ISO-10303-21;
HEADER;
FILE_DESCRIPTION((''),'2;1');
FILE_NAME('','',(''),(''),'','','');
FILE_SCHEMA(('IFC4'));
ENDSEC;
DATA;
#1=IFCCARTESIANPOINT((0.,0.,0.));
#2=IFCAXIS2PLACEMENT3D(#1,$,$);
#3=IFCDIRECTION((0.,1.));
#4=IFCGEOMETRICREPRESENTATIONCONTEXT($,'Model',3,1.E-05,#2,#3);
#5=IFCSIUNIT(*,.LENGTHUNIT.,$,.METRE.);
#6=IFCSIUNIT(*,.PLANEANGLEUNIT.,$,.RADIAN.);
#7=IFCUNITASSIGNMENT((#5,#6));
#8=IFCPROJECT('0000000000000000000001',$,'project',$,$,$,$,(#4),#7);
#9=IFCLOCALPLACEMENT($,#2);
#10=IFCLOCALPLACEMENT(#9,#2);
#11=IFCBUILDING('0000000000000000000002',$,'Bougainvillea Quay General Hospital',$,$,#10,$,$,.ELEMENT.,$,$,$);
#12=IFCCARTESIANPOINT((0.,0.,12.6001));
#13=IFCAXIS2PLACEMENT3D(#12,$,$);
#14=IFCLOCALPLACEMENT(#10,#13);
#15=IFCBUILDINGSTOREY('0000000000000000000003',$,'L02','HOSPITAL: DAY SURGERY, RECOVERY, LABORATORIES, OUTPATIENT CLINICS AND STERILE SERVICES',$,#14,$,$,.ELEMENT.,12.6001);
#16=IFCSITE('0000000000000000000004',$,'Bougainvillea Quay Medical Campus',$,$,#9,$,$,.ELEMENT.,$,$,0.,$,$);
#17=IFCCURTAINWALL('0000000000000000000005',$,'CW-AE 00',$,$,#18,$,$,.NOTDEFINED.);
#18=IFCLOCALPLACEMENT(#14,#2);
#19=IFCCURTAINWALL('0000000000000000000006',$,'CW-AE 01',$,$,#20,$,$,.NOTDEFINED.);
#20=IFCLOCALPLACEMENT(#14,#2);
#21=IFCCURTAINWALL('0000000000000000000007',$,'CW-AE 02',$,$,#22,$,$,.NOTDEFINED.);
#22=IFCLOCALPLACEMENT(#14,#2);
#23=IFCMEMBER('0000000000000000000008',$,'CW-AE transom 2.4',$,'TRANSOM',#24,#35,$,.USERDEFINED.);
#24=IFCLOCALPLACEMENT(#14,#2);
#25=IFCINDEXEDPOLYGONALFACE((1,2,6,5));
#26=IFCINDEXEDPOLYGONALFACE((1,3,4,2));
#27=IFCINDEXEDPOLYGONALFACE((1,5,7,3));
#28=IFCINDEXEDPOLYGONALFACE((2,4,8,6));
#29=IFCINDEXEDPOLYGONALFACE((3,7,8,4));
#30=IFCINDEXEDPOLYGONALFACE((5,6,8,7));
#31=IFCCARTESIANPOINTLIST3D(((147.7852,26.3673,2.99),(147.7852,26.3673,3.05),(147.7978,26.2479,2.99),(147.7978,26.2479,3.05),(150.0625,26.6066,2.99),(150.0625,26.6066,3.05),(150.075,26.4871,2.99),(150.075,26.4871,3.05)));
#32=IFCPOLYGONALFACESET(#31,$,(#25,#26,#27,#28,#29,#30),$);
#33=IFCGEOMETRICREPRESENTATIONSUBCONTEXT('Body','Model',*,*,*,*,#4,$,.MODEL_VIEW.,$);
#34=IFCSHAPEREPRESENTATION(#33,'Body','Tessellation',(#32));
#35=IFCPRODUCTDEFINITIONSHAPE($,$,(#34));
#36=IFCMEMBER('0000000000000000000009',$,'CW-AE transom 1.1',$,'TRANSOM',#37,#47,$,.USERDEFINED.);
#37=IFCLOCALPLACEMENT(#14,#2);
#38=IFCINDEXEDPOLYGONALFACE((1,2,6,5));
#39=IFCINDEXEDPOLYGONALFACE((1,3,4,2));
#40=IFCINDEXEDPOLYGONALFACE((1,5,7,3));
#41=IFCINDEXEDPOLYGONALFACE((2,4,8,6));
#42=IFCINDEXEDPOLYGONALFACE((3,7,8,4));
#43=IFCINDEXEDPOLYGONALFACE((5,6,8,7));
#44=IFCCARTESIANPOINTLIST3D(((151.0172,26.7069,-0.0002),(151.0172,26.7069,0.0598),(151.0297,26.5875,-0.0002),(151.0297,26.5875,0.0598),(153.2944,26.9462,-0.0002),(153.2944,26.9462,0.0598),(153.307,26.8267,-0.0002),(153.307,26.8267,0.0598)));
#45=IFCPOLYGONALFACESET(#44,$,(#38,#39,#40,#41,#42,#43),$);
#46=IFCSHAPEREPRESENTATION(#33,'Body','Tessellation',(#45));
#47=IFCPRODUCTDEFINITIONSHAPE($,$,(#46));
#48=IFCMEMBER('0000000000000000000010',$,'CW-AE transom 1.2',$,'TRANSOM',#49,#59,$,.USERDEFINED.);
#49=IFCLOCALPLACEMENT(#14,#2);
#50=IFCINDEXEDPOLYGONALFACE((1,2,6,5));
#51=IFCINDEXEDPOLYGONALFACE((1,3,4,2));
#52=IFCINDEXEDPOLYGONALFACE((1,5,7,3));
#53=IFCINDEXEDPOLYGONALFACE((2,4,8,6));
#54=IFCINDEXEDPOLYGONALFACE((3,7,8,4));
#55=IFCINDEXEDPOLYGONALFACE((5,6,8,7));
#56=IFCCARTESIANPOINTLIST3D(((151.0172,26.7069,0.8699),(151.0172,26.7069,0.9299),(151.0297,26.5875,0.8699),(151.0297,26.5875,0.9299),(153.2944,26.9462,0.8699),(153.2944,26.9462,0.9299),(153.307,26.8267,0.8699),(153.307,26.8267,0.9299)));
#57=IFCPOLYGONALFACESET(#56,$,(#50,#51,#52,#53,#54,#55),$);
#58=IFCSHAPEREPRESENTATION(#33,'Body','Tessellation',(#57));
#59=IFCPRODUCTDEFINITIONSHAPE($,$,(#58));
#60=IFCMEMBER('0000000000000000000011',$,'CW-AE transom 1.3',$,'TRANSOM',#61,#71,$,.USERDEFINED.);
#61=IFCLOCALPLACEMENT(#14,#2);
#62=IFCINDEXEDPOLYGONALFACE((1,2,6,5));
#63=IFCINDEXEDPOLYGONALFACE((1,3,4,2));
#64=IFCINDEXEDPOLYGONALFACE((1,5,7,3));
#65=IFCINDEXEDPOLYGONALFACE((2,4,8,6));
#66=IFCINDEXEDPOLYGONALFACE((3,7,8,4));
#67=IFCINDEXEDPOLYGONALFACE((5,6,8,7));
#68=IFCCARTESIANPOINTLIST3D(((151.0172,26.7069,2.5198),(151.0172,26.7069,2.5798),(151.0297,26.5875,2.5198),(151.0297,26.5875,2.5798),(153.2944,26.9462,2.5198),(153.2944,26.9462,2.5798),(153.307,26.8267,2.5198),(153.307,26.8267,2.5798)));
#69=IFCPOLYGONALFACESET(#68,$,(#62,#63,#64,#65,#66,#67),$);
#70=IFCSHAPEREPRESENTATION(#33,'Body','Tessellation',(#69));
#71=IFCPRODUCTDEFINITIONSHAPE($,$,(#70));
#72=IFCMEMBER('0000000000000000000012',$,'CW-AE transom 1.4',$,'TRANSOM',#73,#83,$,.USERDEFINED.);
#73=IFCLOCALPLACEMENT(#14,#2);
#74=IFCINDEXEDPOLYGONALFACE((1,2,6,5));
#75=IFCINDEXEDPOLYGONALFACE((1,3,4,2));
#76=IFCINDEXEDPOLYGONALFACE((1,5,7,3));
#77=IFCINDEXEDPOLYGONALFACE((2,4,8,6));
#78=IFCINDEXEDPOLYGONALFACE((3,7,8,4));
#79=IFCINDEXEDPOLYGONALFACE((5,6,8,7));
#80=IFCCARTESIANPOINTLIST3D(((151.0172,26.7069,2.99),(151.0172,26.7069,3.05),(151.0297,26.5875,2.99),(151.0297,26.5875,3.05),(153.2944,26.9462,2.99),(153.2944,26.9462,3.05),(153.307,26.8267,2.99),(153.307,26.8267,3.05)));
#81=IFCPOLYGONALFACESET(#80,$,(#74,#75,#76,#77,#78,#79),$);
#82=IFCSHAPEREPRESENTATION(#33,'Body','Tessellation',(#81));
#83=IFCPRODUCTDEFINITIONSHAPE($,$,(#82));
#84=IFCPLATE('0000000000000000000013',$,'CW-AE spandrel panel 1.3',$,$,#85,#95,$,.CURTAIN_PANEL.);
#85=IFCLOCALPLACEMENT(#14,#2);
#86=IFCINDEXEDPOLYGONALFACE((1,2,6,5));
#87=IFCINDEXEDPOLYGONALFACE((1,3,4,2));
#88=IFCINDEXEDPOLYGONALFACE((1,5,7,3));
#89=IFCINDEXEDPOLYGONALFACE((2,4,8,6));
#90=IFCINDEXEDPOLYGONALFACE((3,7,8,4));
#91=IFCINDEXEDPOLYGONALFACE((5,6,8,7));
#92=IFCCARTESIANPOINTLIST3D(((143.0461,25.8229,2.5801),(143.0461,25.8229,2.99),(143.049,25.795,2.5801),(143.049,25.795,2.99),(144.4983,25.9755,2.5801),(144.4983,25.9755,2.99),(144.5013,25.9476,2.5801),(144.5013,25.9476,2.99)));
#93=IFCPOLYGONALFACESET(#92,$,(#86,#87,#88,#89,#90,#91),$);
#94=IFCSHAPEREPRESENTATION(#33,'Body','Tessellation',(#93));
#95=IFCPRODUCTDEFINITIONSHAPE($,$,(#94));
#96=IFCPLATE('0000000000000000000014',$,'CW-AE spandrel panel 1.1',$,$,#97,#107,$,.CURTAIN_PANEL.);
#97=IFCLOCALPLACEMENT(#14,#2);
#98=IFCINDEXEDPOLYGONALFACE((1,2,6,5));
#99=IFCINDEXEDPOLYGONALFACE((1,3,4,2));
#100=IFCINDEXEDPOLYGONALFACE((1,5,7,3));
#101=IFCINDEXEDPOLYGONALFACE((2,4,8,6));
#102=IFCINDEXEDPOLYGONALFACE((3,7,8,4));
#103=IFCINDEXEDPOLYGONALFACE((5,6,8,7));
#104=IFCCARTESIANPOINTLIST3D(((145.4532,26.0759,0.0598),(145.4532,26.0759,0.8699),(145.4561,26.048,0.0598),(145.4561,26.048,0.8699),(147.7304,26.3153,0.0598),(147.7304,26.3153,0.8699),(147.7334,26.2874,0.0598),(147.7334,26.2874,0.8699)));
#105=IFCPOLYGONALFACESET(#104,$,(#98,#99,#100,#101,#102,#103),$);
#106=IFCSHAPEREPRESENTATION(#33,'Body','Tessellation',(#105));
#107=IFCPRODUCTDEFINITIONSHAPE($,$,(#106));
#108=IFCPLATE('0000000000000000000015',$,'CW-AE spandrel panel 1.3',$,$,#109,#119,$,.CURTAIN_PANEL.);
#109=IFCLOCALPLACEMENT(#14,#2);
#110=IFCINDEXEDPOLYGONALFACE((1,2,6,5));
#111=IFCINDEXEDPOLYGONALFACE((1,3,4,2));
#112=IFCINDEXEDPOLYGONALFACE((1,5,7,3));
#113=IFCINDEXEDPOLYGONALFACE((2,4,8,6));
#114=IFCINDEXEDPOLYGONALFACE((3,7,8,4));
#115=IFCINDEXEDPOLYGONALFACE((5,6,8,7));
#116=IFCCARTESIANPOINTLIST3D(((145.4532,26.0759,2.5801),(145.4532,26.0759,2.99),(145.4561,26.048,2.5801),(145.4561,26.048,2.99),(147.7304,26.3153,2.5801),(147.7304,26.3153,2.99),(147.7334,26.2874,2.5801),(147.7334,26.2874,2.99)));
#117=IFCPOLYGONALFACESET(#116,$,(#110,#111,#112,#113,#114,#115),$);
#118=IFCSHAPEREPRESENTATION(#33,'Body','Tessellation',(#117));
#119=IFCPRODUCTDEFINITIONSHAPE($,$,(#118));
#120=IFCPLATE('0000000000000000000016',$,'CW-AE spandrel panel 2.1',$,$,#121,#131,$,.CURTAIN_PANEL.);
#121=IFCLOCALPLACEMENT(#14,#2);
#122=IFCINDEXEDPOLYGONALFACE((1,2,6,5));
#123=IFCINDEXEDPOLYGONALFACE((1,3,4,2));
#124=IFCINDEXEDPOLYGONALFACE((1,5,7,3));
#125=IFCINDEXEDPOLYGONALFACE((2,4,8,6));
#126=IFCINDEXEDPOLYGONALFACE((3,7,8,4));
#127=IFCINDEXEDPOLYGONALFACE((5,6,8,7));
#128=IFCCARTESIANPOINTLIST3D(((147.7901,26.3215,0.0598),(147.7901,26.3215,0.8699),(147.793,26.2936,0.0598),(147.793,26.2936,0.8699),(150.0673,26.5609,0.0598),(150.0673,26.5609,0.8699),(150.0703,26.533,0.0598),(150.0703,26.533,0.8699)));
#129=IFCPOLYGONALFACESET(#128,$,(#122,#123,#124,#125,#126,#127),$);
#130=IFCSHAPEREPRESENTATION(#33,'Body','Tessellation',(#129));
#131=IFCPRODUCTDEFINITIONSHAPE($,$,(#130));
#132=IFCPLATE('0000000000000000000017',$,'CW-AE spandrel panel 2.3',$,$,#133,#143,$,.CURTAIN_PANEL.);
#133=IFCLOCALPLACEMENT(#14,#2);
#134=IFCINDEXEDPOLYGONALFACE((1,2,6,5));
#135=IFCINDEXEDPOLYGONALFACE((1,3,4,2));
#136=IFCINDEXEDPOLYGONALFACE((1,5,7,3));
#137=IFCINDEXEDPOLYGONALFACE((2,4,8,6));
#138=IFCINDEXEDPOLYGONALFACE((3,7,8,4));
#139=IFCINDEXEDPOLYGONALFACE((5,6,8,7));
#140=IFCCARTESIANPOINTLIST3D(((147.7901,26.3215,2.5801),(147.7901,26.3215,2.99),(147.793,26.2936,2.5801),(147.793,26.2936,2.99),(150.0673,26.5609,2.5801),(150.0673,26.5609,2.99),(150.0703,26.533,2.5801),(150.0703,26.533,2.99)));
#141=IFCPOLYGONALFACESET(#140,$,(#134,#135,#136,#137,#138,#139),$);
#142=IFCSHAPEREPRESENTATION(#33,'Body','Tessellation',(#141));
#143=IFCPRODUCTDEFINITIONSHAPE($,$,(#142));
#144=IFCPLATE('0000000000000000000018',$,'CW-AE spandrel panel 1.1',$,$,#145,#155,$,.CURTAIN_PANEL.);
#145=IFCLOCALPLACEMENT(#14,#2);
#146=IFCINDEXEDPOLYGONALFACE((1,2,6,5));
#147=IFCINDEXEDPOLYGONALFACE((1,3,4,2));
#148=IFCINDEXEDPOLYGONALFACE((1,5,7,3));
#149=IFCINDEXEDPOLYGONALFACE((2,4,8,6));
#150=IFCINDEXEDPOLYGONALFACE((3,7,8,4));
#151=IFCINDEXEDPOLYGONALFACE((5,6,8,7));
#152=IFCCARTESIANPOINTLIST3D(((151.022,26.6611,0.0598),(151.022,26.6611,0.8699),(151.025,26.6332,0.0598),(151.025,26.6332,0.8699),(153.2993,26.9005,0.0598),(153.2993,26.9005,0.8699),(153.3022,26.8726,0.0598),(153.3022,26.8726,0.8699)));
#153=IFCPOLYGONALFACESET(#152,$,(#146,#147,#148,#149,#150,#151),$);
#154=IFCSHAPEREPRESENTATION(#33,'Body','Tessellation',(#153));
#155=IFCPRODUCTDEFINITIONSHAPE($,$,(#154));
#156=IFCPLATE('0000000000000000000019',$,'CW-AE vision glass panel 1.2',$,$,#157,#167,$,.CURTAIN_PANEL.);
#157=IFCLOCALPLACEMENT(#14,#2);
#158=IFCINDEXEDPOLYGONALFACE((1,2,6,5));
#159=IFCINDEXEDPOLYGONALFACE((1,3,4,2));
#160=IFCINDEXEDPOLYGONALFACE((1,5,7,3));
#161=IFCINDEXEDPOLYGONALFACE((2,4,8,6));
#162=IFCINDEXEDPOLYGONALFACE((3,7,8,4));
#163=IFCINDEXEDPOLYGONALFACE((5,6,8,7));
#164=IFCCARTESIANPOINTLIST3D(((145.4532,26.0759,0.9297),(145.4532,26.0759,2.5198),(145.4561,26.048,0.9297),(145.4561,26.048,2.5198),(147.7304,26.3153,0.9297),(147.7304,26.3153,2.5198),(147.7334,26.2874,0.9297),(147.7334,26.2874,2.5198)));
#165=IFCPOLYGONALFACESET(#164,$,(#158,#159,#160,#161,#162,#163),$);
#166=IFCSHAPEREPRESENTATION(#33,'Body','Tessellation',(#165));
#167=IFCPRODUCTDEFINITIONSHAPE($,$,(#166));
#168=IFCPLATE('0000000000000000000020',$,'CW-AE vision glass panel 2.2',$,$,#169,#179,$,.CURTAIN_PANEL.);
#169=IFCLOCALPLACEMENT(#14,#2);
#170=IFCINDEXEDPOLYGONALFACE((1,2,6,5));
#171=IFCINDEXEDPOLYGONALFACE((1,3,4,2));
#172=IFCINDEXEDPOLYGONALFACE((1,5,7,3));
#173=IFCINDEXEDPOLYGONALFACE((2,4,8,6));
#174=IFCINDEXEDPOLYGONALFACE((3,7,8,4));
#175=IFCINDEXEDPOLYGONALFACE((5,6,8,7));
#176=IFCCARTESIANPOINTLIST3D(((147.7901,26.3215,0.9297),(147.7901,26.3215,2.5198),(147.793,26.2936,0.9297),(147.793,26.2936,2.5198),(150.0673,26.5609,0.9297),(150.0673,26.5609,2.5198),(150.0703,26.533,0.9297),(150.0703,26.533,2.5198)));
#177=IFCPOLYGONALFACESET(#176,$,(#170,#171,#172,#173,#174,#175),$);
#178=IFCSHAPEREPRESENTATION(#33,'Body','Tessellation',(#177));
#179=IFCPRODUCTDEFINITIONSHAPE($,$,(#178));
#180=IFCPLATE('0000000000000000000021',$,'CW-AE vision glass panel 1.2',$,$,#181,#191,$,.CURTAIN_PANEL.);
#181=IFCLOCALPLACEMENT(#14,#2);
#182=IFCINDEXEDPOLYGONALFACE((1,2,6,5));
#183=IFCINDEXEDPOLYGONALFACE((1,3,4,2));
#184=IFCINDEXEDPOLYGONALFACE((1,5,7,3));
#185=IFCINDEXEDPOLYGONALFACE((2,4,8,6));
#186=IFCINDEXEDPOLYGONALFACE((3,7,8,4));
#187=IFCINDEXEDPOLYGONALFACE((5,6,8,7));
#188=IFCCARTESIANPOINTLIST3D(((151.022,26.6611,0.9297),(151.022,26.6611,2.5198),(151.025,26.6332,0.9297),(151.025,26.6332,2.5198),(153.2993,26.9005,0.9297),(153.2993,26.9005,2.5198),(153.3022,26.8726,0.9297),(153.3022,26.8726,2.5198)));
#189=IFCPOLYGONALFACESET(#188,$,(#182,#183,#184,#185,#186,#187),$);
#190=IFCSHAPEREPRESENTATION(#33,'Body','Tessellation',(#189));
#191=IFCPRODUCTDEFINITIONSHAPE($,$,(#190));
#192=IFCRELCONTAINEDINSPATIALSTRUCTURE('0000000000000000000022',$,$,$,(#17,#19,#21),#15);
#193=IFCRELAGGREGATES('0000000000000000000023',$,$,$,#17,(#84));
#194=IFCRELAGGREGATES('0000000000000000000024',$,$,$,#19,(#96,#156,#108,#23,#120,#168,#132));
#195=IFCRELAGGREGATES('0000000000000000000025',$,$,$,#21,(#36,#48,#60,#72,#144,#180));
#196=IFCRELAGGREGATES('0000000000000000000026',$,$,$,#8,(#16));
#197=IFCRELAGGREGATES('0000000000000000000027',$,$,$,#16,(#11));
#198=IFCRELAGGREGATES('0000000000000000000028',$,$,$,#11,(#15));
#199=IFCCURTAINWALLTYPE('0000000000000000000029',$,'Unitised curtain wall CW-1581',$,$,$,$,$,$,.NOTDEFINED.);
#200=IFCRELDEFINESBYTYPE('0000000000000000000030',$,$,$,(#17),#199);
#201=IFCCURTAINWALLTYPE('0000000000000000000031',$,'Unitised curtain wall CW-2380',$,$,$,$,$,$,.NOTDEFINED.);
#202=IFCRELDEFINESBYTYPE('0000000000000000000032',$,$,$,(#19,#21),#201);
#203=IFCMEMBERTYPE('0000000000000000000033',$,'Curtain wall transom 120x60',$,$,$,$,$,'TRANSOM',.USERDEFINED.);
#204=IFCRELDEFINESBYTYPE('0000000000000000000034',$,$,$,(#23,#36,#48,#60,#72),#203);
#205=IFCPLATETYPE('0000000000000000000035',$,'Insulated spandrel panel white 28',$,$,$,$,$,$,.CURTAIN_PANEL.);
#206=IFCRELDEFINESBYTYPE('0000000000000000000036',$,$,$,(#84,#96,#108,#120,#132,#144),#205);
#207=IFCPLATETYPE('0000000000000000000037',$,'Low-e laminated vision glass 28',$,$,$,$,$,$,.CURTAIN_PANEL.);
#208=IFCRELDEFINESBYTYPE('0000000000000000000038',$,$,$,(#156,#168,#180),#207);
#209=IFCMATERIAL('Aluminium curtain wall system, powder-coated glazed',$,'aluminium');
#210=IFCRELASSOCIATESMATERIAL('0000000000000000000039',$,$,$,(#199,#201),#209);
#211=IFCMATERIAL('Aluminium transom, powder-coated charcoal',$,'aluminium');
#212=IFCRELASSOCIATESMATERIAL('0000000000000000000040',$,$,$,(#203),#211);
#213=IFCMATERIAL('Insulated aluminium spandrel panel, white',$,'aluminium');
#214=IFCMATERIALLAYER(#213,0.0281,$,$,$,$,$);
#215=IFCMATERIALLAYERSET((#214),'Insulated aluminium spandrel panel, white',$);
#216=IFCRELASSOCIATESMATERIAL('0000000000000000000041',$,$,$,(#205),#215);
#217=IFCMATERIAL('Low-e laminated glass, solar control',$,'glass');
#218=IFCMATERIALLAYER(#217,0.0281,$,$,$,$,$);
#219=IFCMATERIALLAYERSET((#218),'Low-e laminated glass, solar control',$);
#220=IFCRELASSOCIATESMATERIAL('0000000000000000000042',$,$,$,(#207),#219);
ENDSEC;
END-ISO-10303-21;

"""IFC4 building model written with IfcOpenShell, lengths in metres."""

from ifc_helpers import new_model, si_unit, direction, frame, origin, origin_2d, place, context, subcontext, project, spatial, rectangle, extrude, material, layer, layer_set, material_profile, profile_set, type_object, element, aggregate, save


model = new_model("IFC4")

# Units and contexts
model_context = context("Model", 3, precision=1e-05, world=origin(), true_north=direction((0.0, 1.0)))
body_context = subcontext(model_context, "Body", "Model", "MODEL_VIEW")
ifc_project = project(units=[si_unit("LENGTHUNIT", "METRE"), si_unit("PLANEANGLEUNIT", "RADIAN")], contexts=[model_context])

# Site, building, storey
site_placement = place(None, origin())
site = spatial("IfcSite", under=ifc_project, at=site_placement, Name="Bougainvillea Quay Medical Campus", CompositionType="ELEMENT", RefElevation=0.0)
building_placement = place(site_placement, origin())
building = spatial("IfcBuilding", under=site, at=building_placement, Name="Bougainvillea Quay General Hospital", CompositionType="ELEMENT")
storey_placement = place(building_placement, frame((0.0, 0.0, 12.6001)))
storey = spatial("IfcBuildingStorey", under=building, at=storey_placement, Name="L02", Description="HOSPITAL: DAY SURGERY, RECOVERY, LABORATORIES, OUTPATIENT CLINICS AND STERILE SERVICES", CompositionType="ELEMENT", Elevation=12.6001)

# Curtain wall
ifc_material_1 = material(Name="Aluminium curtain wall system, powder-coated glazed", Category="aluminium")
curtain_wall_type_1 = type_object("IfcCurtainWallType", Name="Unitised curtain wall CW-1581", PredefinedType="NOTDEFINED", material=ifc_material_1)
curtain_wall_1_placement = place(storey_placement, origin())
curtain_wall_1 = element("IfcCurtainWall", 1, at=curtain_wall_1_placement, inside=storey, type_object=curtain_wall_type_1, Name="CW-AE 00", PredefinedType="NOTDEFINED")

# Curtain wall
curtain_wall_type_2 = type_object("IfcCurtainWallType", Name="Unitised curtain wall CW-2380", PredefinedType="NOTDEFINED", material=ifc_material_1)
curtain_wall_2_placement = place(storey_placement, origin())
curtain_wall_2 = element("IfcCurtainWall", 2, at=curtain_wall_2_placement, inside=storey, type_object=curtain_wall_type_2, Name="CW-AE 01", PredefinedType="NOTDEFINED")

# Curtain wall
curtain_wall_3_placement = place(storey_placement, origin())
curtain_wall_3 = element("IfcCurtainWall", 3, at=curtain_wall_3_placement, inside=storey, type_object=curtain_wall_type_2, Name="CW-AE 02", PredefinedType="NOTDEFINED")

# Members
ifc_material_2 = material(Name="Aluminium transom, powder-coated charcoal", Category="aluminium")
ifc_material_profile_1 = material_profile(ifc_material_2, rectangle(XDim=0.1201, YDim=0.0601, at=origin_2d()))
ifc_profile_set_1 = profile_set([ifc_material_profile_1], Name="Aluminium transom, powder-coated charcoal")
member_type_1 = type_object("IfcMemberType", Name="Curtain wall transom 120x60", ElementType="TRANSOM", PredefinedType="USERDEFINED", material=ifc_profile_set_1)
member_1_placement = place(storey_placement, frame((147.7915, 26.3076, 3.02), z_axis=(0.994526, 0.104485, 0.0), x_axis=(-0.104485, 0.994526, 0.0)))
member_1 = element("IfcMember", 4, at=member_1_placement, type_object=member_type_1, Name="CW-AE transom 2.4", ObjectType="TRANSOM", PredefinedType="USERDEFINED", context=body_context, shape_type="SweptSolid", body=[
    extrude(rectangle(XDim=0.1201, YDim=0.0601, at=origin_2d()), origin(), (0.0, 0.0, 1.0), 2.2898),
])
member_2_placement = place(storey_placement, frame((151.0234, 26.6472, 0.0298), z_axis=(0.994526, 0.104485, 0.0), x_axis=(-0.104485, 0.994526, 0.0)))
member_2 = element("IfcMember", 5, at=member_2_placement, type_object=member_type_1, Name="CW-AE transom 1.1", ObjectType="TRANSOM", PredefinedType="USERDEFINED", context=body_context, shape_type="SweptSolid", body=[
    extrude(rectangle(XDim=0.1201, YDim=0.0601, at=origin_2d()), origin(), (0.0, 0.0, 1.0), 2.2898),
])
member_3_placement = place(storey_placement, frame((151.0234, 26.6472, 0.8999), z_axis=(0.994526, 0.104485, 0.0), x_axis=(-0.104485, 0.994526, 0.0)))
member_3 = element("IfcMember", 6, at=member_3_placement, type_object=member_type_1, Name="CW-AE transom 1.2", ObjectType="TRANSOM", PredefinedType="USERDEFINED", context=body_context, shape_type="SweptSolid", body=[
    extrude(rectangle(XDim=0.1201, YDim=0.0601, at=origin_2d()), origin(), (0.0, 0.0, 1.0), 2.2898),
])
member_4_placement = place(storey_placement, frame((151.0234, 26.6472, 2.5498), z_axis=(0.994526, 0.104485, 0.0), x_axis=(-0.104485, 0.994526, 0.0)))
member_4 = element("IfcMember", 7, at=member_4_placement, type_object=member_type_1, Name="CW-AE transom 1.3", ObjectType="TRANSOM", PredefinedType="USERDEFINED", context=body_context, shape_type="SweptSolid", body=[
    extrude(rectangle(XDim=0.1201, YDim=0.0601, at=origin_2d()), origin(), (0.0, 0.0, 1.0), 2.2898),
])
member_5_placement = place(storey_placement, frame((151.0234, 26.6472, 3.02), z_axis=(0.994526, 0.104485, 0.0), x_axis=(-0.104485, 0.994526, 0.0)))
member_5 = element("IfcMember", 8, at=member_5_placement, type_object=member_type_1, Name="CW-AE transom 1.4", ObjectType="TRANSOM", PredefinedType="USERDEFINED", context=body_context, shape_type="SweptSolid", body=[
    extrude(rectangle(XDim=0.1201, YDim=0.0601, at=origin_2d()), origin(), (0.0, 0.0, 1.0), 2.2898),
])

# Plates
ifc_material_3 = material(Name="Insulated aluminium spandrel panel, white", Category="aluminium")
ifc_layer_1 = layer(ifc_material_3, 0.0281)
ifc_layer_set_1 = layer_set([ifc_layer_1], Name="Insulated aluminium spandrel panel, white")
plate_type_1 = type_object("IfcPlateType", Name="Insulated spandrel panel white 28", PredefinedType="CURTAIN_PANEL", material=ifc_layer_set_1)
plate_1_placement = place(storey_placement, frame((143.7737, 25.8853, 2.5801), z_axis=(0.0, 0.0, 1.0), x_axis=(0.994522, 0.104527, 0.0)))
plate_1 = element("IfcPlate", 9, at=plate_1_placement, type_object=plate_type_1, Name="CW-AE spandrel panel 1.3", PredefinedType="CURTAIN_PANEL", context=body_context, shape_type="SweptSolid", body=[
    extrude(rectangle(XDim=1.4602, YDim=0.0281, at=origin_2d()), origin(), (0.0, 0.0, 1.0), 0.4099),
])
aggregate(curtain_wall_1, [plate_1])
plate_2_placement = place(storey_placement, frame((146.5933, 26.1816, 0.0598), z_axis=(0.0, 0.0, 1.0), x_axis=(0.994522, 0.104527, 0.0)))
plate_2 = element("IfcPlate", 10, at=plate_2_placement, type_object=plate_type_1, Name="CW-AE spandrel panel 1.1", PredefinedType="CURTAIN_PANEL", context=body_context, shape_type="SweptSolid", body=[
    extrude(rectangle(XDim=2.2898, YDim=0.0281, at=origin_2d()), origin(), (0.0, 0.0, 1.0), 0.8101),
])
plate_3_placement = place(storey_placement, frame((146.5933, 26.1816, 2.5801), z_axis=(0.0, 0.0, 1.0), x_axis=(0.994522, 0.104527, 0.0)))
plate_3 = element("IfcPlate", 11, at=plate_3_placement, type_object=plate_type_1, Name="CW-AE spandrel panel 1.3", PredefinedType="CURTAIN_PANEL", context=body_context, shape_type="SweptSolid", body=[
    extrude(rectangle(XDim=2.2898, YDim=0.0281, at=origin_2d()), origin(), (0.0, 0.0, 1.0), 0.4099),
])
plate_4_placement = place(storey_placement, frame((148.9302, 26.4272, 0.0598), z_axis=(0.0, 0.0, 1.0), x_axis=(0.994522, 0.104527, 0.0)))
plate_4 = element("IfcPlate", 12, at=plate_4_placement, type_object=plate_type_1, Name="CW-AE spandrel panel 2.1", PredefinedType="CURTAIN_PANEL", context=body_context, shape_type="SweptSolid", body=[
    extrude(rectangle(XDim=2.2898, YDim=0.0281, at=origin_2d()), origin(), (0.0, 0.0, 1.0), 0.8101),
])
plate_5_placement = place(storey_placement, frame((148.9302, 26.4272, 2.5801), z_axis=(0.0, 0.0, 1.0), x_axis=(0.994522, 0.104527, 0.0)))
plate_5 = element("IfcPlate", 13, at=plate_5_placement, type_object=plate_type_1, Name="CW-AE spandrel panel 2.3", PredefinedType="CURTAIN_PANEL", context=body_context, shape_type="SweptSolid", body=[
    extrude(rectangle(XDim=2.2898, YDim=0.0281, at=origin_2d()), origin(), (0.0, 0.0, 1.0), 0.4099),
])
plate_6_placement = place(storey_placement, frame((152.1621, 26.7668, 0.0598), z_axis=(0.0, 0.0, 1.0), x_axis=(0.994522, 0.104527, 0.0)))
plate_6 = element("IfcPlate", 14, at=plate_6_placement, type_object=plate_type_1, Name="CW-AE spandrel panel 1.1", PredefinedType="CURTAIN_PANEL", context=body_context, shape_type="SweptSolid", body=[
    extrude(rectangle(XDim=2.2898, YDim=0.0281, at=origin_2d()), origin(), (0.0, 0.0, 1.0), 0.8101),
])
ifc_material_4 = material(Name="Low-e laminated glass, solar control", Category="glass")
ifc_layer_2 = layer(ifc_material_4, 0.0281)
ifc_layer_set_2 = layer_set([ifc_layer_2], Name="Low-e laminated glass, solar control")
plate_type_2 = type_object("IfcPlateType", Name="Low-e laminated vision glass 28", PredefinedType="CURTAIN_PANEL", material=ifc_layer_set_2)
plate_7_placement = place(storey_placement, frame((146.5933, 26.1816, 0.9297), z_axis=(0.0, 0.0, 1.0), x_axis=(0.994522, 0.104527, 0.0)))
plate_7 = element("IfcPlate", 15, at=plate_7_placement, type_object=plate_type_2, Name="CW-AE vision glass panel 1.2", PredefinedType="CURTAIN_PANEL", context=body_context, shape_type="SweptSolid", body=[
    extrude(rectangle(XDim=2.2898, YDim=0.0281, at=origin_2d()), origin(), (0.0, 0.0, 1.0), 1.5901),
])
plate_8_placement = place(storey_placement, frame((148.9302, 26.4272, 0.9297), z_axis=(0.0, 0.0, 1.0), x_axis=(0.994522, 0.104527, 0.0)))
plate_8 = element("IfcPlate", 16, at=plate_8_placement, type_object=plate_type_2, Name="CW-AE vision glass panel 2.2", PredefinedType="CURTAIN_PANEL", context=body_context, shape_type="SweptSolid", body=[
    extrude(rectangle(XDim=2.2898, YDim=0.0281, at=origin_2d()), origin(), (0.0, 0.0, 1.0), 1.5901),
])
aggregate(curtain_wall_2, [plate_2, plate_7, plate_3, member_1, plate_4, plate_8, plate_5])
plate_9_placement = place(storey_placement, frame((152.1621, 26.7668, 0.9297), z_axis=(0.0, 0.0, 1.0), x_axis=(0.994522, 0.104527, 0.0)))
plate_9 = element("IfcPlate", 17, at=plate_9_placement, type_object=plate_type_2, Name="CW-AE vision glass panel 1.2", PredefinedType="CURTAIN_PANEL", context=body_context, shape_type="SweptSolid", body=[
    extrude(rectangle(XDim=2.2898, YDim=0.0281, at=origin_2d()), origin(), (0.0, 0.0, 1.0), 1.5901),
])
aggregate(curtain_wall_3, [member_2, member_3, member_4, member_5, plate_6, plate_9])

save(model, "model.ifc")
